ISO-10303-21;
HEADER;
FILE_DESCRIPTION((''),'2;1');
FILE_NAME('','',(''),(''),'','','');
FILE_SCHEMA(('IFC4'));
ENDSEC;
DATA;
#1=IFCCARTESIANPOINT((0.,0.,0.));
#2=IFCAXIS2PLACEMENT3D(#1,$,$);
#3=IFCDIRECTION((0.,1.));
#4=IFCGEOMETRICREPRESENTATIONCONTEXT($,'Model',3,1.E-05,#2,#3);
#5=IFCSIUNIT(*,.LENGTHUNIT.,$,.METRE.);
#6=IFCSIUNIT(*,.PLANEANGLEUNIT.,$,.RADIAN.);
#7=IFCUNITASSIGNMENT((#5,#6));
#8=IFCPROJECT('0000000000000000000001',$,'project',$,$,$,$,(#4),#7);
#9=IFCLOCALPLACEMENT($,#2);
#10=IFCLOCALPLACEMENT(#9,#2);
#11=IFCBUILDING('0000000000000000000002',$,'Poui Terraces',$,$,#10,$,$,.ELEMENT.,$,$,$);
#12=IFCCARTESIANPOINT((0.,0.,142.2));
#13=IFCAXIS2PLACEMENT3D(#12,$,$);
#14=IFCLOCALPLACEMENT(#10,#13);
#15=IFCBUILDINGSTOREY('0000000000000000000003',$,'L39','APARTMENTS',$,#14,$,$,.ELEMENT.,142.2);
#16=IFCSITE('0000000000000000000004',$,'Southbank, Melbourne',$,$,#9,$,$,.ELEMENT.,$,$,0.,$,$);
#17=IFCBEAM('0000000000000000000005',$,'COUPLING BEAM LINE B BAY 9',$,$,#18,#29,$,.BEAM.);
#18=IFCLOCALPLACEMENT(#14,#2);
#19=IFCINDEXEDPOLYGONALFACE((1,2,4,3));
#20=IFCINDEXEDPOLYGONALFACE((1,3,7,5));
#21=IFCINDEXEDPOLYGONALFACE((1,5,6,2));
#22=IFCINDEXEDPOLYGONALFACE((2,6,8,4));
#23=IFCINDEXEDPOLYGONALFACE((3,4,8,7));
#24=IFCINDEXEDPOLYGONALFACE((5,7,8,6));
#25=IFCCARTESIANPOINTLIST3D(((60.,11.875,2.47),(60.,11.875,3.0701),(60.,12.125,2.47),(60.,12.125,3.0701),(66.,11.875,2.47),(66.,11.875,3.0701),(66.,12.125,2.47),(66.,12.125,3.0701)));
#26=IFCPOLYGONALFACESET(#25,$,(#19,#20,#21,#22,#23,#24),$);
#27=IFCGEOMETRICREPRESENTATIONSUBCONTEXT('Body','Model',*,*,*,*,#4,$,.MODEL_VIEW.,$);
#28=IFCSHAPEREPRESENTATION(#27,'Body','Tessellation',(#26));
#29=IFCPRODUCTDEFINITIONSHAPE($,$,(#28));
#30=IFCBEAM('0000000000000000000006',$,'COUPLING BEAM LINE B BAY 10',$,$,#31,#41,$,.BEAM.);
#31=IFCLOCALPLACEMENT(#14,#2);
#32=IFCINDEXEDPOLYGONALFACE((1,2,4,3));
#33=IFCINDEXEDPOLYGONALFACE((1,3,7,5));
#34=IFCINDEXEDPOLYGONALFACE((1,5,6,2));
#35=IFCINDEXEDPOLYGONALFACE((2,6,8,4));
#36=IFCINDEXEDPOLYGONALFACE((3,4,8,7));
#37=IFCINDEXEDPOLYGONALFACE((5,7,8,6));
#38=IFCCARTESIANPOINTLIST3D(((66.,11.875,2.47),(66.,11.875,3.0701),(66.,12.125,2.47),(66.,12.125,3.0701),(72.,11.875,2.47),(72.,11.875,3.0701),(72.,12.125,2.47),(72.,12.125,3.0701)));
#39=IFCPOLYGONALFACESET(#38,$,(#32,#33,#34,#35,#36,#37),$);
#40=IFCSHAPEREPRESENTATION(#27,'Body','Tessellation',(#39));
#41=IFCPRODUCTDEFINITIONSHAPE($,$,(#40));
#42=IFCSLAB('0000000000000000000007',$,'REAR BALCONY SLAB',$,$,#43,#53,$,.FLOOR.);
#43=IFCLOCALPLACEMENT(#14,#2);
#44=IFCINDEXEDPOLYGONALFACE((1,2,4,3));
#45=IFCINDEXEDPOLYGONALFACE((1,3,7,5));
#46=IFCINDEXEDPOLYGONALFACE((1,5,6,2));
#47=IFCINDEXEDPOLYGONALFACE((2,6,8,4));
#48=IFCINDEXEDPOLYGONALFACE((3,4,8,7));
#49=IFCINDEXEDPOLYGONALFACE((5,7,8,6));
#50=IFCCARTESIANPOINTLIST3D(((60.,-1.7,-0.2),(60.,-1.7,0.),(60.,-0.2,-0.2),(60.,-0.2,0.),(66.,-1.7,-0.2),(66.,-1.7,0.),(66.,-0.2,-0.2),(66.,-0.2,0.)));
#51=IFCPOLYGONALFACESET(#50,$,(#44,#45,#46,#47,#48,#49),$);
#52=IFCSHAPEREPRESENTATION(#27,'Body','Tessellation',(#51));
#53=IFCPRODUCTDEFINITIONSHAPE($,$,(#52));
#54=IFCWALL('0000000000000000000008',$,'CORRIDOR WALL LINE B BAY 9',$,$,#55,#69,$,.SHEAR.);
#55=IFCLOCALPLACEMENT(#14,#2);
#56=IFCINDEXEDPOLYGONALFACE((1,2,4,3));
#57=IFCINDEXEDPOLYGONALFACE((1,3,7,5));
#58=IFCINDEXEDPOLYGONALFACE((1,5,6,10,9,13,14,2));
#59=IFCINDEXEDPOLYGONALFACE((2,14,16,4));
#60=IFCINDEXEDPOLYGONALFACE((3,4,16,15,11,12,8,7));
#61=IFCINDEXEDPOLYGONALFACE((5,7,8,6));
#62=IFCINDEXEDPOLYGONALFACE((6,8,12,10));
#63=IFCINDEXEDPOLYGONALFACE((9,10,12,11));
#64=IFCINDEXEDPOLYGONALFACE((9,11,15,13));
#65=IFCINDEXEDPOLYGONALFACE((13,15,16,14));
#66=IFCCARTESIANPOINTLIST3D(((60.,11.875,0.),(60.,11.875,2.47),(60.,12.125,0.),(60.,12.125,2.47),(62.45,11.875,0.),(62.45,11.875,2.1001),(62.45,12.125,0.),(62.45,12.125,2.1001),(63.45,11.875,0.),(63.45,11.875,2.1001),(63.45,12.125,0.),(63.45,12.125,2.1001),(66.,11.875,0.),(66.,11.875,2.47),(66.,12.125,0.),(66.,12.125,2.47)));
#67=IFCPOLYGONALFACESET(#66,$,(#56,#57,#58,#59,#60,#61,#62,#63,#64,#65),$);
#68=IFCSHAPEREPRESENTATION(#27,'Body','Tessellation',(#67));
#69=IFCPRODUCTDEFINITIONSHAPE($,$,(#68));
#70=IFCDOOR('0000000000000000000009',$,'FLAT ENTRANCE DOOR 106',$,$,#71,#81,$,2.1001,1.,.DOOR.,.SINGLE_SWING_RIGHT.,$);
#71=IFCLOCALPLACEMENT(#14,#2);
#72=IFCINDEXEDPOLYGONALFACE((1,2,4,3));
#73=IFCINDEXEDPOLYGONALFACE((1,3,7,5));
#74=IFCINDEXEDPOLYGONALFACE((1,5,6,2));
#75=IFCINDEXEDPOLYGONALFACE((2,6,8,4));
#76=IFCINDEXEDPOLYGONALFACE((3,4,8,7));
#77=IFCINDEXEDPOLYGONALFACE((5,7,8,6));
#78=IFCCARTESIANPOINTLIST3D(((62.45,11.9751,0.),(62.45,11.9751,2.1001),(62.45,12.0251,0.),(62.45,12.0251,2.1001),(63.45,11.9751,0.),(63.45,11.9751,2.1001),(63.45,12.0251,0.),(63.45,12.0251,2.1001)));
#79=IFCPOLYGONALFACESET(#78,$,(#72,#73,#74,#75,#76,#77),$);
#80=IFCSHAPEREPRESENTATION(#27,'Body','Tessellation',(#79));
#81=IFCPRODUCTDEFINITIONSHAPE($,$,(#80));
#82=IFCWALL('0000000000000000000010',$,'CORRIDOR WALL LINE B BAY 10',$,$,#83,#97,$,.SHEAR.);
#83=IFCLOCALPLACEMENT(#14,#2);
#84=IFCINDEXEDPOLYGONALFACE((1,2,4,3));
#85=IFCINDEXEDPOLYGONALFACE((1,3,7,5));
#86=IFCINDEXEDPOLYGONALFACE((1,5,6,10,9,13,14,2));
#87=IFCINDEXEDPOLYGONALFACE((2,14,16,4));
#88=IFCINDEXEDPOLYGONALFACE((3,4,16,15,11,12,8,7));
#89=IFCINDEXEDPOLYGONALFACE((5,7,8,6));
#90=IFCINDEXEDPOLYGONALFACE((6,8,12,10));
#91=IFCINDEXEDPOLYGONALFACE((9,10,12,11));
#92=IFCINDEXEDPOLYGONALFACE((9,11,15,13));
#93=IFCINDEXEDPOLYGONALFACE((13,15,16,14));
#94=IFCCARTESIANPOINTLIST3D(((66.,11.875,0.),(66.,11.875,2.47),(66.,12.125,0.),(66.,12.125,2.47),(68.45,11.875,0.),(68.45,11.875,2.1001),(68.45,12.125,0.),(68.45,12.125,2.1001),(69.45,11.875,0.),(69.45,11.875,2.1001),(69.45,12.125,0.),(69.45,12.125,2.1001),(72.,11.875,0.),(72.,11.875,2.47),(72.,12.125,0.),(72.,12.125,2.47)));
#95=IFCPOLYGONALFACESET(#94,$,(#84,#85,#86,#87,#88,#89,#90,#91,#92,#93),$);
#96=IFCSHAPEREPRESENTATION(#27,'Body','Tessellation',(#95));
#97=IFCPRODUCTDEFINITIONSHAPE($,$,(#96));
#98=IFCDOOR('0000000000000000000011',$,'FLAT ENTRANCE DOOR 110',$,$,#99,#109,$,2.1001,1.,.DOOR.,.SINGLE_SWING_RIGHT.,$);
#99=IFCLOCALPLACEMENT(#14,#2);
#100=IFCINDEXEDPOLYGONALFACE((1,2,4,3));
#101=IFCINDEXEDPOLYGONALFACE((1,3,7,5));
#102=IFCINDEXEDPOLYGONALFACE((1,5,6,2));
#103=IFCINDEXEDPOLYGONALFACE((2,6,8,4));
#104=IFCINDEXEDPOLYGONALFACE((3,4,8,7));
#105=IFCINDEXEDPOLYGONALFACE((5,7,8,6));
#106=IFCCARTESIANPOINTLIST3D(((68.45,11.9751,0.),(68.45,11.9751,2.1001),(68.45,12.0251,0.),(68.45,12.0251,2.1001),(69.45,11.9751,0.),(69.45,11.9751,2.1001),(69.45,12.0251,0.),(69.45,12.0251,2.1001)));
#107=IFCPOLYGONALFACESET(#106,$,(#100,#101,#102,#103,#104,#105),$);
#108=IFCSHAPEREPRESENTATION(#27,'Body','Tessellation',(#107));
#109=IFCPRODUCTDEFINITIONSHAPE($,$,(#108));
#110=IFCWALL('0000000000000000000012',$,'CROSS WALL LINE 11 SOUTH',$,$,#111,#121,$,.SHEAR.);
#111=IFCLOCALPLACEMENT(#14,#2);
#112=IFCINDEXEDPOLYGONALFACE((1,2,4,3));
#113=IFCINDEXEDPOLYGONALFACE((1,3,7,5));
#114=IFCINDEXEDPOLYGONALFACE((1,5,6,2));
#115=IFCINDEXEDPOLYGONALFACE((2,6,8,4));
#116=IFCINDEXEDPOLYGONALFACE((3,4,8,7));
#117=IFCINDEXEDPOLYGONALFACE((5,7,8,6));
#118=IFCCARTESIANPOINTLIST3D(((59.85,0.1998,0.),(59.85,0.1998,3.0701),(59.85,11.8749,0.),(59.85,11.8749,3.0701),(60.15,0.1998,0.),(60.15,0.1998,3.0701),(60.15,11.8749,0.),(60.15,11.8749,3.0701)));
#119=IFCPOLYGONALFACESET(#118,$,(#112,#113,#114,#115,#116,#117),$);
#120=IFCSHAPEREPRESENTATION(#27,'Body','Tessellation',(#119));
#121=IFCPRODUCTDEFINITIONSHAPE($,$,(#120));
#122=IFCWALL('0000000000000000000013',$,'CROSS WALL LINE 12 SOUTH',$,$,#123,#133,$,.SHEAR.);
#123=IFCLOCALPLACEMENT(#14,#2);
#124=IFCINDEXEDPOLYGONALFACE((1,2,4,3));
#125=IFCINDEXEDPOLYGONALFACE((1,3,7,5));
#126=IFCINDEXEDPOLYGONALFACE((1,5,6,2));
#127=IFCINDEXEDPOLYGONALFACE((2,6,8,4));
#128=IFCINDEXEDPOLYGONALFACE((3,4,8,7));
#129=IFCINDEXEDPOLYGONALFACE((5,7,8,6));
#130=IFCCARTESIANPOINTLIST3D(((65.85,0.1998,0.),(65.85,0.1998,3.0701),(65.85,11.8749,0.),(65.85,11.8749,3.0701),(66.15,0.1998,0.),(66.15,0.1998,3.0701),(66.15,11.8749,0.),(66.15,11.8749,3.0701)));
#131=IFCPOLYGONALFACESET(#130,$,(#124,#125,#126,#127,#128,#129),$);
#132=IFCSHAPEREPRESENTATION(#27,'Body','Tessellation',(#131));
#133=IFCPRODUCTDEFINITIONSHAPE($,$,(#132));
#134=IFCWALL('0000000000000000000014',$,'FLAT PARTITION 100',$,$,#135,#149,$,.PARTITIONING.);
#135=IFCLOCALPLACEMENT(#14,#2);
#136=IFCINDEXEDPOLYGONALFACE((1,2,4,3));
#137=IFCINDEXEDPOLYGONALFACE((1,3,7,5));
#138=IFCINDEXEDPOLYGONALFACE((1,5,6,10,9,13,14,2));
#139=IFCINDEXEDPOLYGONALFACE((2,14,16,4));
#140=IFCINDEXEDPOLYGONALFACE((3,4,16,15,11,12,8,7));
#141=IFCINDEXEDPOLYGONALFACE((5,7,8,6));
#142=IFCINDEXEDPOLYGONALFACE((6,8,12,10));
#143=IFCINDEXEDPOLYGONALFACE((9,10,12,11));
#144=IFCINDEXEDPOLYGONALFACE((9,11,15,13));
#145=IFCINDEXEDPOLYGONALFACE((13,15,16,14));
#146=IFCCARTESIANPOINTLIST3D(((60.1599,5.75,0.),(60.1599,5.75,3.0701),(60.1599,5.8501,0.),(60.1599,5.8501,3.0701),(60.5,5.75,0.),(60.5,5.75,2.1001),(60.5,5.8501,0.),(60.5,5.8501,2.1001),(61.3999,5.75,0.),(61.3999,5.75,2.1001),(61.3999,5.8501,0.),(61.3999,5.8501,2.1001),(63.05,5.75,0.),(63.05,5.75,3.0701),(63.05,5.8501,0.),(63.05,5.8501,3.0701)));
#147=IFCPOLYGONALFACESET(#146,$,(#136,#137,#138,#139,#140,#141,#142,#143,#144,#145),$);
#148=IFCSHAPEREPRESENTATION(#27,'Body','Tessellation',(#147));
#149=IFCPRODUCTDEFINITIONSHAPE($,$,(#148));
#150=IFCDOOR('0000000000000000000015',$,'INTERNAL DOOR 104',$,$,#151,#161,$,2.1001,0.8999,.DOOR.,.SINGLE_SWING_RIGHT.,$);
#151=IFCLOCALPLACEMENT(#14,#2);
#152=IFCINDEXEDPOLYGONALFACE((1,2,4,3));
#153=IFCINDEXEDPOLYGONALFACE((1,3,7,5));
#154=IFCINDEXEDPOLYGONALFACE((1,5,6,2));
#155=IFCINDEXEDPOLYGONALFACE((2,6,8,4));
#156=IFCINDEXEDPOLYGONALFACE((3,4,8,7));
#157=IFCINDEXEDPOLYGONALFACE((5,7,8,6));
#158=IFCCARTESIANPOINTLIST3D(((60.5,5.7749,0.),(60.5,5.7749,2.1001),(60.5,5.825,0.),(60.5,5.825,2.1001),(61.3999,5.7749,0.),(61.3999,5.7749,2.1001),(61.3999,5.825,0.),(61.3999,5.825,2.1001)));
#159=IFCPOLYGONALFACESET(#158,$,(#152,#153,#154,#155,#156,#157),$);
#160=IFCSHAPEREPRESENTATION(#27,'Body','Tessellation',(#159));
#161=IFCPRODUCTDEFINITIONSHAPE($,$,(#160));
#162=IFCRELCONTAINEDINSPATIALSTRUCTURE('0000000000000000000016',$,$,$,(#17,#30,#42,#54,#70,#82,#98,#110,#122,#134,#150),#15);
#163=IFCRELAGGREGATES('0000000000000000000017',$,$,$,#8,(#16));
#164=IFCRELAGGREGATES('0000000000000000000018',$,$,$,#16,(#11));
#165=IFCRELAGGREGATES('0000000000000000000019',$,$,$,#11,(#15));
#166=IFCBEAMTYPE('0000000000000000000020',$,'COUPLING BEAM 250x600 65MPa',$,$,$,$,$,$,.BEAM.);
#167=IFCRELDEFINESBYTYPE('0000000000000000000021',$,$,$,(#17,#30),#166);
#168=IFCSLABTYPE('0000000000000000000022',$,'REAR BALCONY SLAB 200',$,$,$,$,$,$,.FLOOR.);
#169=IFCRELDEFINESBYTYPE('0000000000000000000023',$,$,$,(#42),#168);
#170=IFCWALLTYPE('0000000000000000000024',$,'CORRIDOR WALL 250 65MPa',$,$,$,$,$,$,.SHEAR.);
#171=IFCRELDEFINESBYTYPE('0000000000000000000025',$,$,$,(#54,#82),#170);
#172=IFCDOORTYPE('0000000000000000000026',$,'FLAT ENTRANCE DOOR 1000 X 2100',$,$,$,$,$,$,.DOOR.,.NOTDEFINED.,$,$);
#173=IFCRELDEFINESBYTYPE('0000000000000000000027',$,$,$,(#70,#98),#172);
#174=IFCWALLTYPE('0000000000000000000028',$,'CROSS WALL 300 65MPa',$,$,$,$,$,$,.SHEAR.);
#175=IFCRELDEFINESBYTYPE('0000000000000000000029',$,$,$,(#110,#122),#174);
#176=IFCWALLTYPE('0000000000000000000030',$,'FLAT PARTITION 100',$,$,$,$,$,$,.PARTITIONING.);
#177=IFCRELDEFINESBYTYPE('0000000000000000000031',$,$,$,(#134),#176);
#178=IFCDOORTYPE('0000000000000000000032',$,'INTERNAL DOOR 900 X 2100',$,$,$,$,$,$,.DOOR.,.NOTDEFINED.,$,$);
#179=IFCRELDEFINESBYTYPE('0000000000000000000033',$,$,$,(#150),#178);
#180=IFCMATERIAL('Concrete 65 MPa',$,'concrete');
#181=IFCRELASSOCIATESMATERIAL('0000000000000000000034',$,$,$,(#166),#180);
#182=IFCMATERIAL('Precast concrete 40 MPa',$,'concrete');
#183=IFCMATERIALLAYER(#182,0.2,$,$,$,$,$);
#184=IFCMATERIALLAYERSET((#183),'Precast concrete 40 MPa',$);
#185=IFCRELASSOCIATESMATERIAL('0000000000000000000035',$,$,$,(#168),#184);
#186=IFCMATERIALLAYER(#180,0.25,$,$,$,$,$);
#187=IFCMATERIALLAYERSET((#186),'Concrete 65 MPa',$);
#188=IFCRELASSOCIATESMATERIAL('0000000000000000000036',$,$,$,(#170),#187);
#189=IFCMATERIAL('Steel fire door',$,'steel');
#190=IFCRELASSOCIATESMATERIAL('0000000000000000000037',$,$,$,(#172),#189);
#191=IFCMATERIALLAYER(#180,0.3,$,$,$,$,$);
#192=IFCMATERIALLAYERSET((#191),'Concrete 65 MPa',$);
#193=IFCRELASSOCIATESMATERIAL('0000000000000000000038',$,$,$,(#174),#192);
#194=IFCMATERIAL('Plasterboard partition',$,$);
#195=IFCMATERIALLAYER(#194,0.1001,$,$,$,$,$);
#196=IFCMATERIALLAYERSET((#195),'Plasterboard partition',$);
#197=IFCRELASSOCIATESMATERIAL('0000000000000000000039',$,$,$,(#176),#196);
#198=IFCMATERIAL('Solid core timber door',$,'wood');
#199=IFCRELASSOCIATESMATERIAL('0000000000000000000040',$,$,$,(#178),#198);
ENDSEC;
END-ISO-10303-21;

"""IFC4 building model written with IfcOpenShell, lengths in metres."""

from ifc_helpers import new_model, si_unit, direction, frame, frame_2d, origin, origin_2d, place, context, subcontext, project, spatial, polyline, rectangle, outline, extrude, source, transform, mapped, material, layer, layer_set, material_profile, profile_set, type_object, element, fill, save


model = new_model("IFC4")

# Units and contexts
model_context = context("Model", 3, precision=1e-05, world=origin(), true_north=direction((0.0, 1.0)))
body_context = subcontext(model_context, "Body", "Model", "MODEL_VIEW")
ifc_project = project(units=[si_unit("LENGTHUNIT", "METRE"), si_unit("PLANEANGLEUNIT", "RADIAN")], contexts=[model_context])

# Site, building, storey
site_placement = place(None, origin())
site = spatial("IfcSite", under=ifc_project, at=site_placement, Name="Southbank, Melbourne", CompositionType="ELEMENT", RefElevation=0.0)
building_placement = place(site_placement, origin())
building = spatial("IfcBuilding", under=site, at=building_placement, Name="Poui Terraces", CompositionType="ELEMENT")
storey_placement = place(building_placement, frame((0.0, 0.0, 142.2)))
storey = spatial("IfcBuildingStorey", under=building, at=storey_placement, Name="L39", Description="APARTMENTS", CompositionType="ELEMENT", Elevation=142.2)

# Beams
ifc_material_1 = material(Name="Concrete 65 MPa", Category="concrete")
ifc_material_profile_1 = material_profile(ifc_material_1, rectangle(XDim=0.25, YDim=0.6001, at=origin_2d()), Name="RC 250x600")
ifc_profile_set_1 = profile_set([ifc_material_profile_1], Name="Concrete 65 MPa")
beam_type = type_object("IfcBeamType", Name="COUPLING BEAM 250x600 65MPa", PredefinedType="BEAM", material=ifc_profile_set_1)
shared_shape_1 = source(origin(), body_context, "Body", "SweptSolid", [
    extrude(rectangle(XDim=0.25, YDim=0.6001, at=origin_2d()), origin(), (0.0, 0.0, 1.0), 6.0),
])
for number, where, z_axis, x_axis, name in (
    (1, (60.0, 12.0, 2.77), (1.0, 0.0, 0.0), (0.0, 1.0, 0.0), "COUPLING BEAM LINE B BAY 9"),
    (2, (66.0, 12.0, 2.77), (1.0, 0.0, 0.0), (0.0, 1.0, 0.0), "COUPLING BEAM LINE B BAY 10"),
):
    element("IfcBeam", number, at=place(storey_placement, frame(where, z_axis=z_axis, x_axis=x_axis)), inside=storey, type_object=beam_type, Name=name, PredefinedType="BEAM", context=body_context, shape_type="MappedRepresentation", body=[
        mapped(shared_shape_1, transform((0.0, 0.0, 0.0))),
    ])

# Slab
ifc_material_2 = material(Name="Precast concrete 40 MPa", Category="concrete")
ifc_layer_1 = layer(ifc_material_2, 0.2)
ifc_layer_set_1 = layer_set([ifc_layer_1], Name="Precast concrete 40 MPa")
slab_type = type_object("IfcSlabType", Name="REAR BALCONY SLAB 200", PredefinedType="FLOOR", material=ifc_layer_set_1)
shared_shape_2 = source(origin(), body_context, "Body", "SweptSolid", [
    extrude(outline(polyline([(0.0, 0.0), (6.0, 0.0), (6.0, 1.5), (0.0, 1.5), (0.0, 0.0)])), origin(), (0.0, 0.0, 1.0), 0.2),
])
slab_placement = place(storey_placement, frame((60.0, -1.7, -0.2)))
element("IfcSlab", 3, at=slab_placement, inside=storey, type_object=slab_type, Name="REAR BALCONY SLAB", PredefinedType="FLOOR", context=body_context, shape_type="MappedRepresentation", body=[
    mapped(shared_shape_2, transform((0.0, 0.0, 0.0))),
])

# Walls, openings, doors
ifc_layer_2 = layer(ifc_material_1, 0.25)
ifc_layer_set_2 = layer_set([ifc_layer_2], Name="Concrete 65 MPa")
wall_type_1 = type_object("IfcWallType", Name="CORRIDOR WALL 250 65MPa", PredefinedType="SHEAR", material=ifc_layer_set_2)
wall_1_placement = place(storey_placement, frame((60.0, 12.0, 0.0), z_axis=(0.0, 0.0, 1.0), x_axis=(1.0, 0.0, 0.0)))
wall_1 = element("IfcWall", 4, at=wall_1_placement, inside=storey, type_object=wall_type_1, Name="CORRIDOR WALL LINE B BAY 9", PredefinedType="SHEAR", context=body_context, shape_type="SweptSolid", body=[
    extrude(rectangle(XDim=6.0, YDim=0.25, at=frame_2d((3.0, 0.0))), origin(), (0.0, 0.0, 1.0), 2.47),
])
opening_1_placement = place(wall_1_placement, frame((2.45, 0.0, 0.0)))
opening_1 = element("IfcOpeningElement", 5, at=opening_1_placement, cuts=wall_1, PredefinedType="OPENING", context=body_context, shape_type="SweptSolid", body=[
    extrude(rectangle(XDim=1.0, YDim=2.1001, at=frame_2d((0.5, 1.05))), frame((0.0, 0.135, 0.0), z_axis=(0.0, -1.0, 0.0), x_axis=(1.0, 0.0, 0.0)), (0.0, 0.0, 1.0), 0.27),
])
ifc_material_3 = material(Name="Steel fire door", Category="steel")
door_type_1 = type_object("IfcDoorType", Name="FLAT ENTRANCE DOOR 1000 X 2100", OperationType="NOTDEFINED", PredefinedType="DOOR", material=ifc_material_3)
door_1_placement = place(opening_1_placement, frame((1.0, 0.0, 0.0), z_axis=(0.0, 0.0, 1.0), x_axis=(-1.0, 0.0, 0.0)))
door_1 = element("IfcDoor", 6, at=door_1_placement, inside=storey, type_object=door_type_1, Name="FLAT ENTRANCE DOOR 106", OperationType="SINGLE_SWING_RIGHT", OverallHeight=2.1001, OverallWidth=1.0, PredefinedType="DOOR", context=body_context, shape_type="SweptSolid", body=[
    extrude(rectangle(XDim=1.0, YDim=2.1001, at=frame_2d((0.5, 1.05))), frame((0.0, 0.0249, 0.0), z_axis=(0.0, -1.0, 0.0), x_axis=(1.0, 0.0, 0.0)), (0.0, 0.0, 1.0), 0.05),
])
fill(opening_1, door_1)
wall_2_placement = place(storey_placement, frame((66.0, 12.0, 0.0), z_axis=(0.0, 0.0, 1.0), x_axis=(1.0, 0.0, 0.0)))
wall_2 = element("IfcWall", 7, at=wall_2_placement, inside=storey, type_object=wall_type_1, Name="CORRIDOR WALL LINE B BAY 10", PredefinedType="SHEAR", context=body_context, shape_type="SweptSolid", body=[
    extrude(rectangle(XDim=6.0, YDim=0.25, at=frame_2d((3.0, 0.0))), origin(), (0.0, 0.0, 1.0), 2.47),
])
opening_2_placement = place(wall_2_placement, frame((2.45, 0.0, 0.0)))
opening_2 = element("IfcOpeningElement", 8, at=opening_2_placement, cuts=wall_2, PredefinedType="OPENING", context=body_context, shape_type="SweptSolid", body=[
    extrude(rectangle(XDim=1.0, YDim=2.1001, at=frame_2d((0.5, 1.05))), frame((0.0, 0.135, 0.0), z_axis=(0.0, -1.0, 0.0), x_axis=(1.0, 0.0, 0.0)), (0.0, 0.0, 1.0), 0.27),
])
door_2_placement = place(opening_2_placement, frame((1.0, 0.0, 0.0), z_axis=(0.0, 0.0, 1.0), x_axis=(-1.0, 0.0, 0.0)))
door_2 = element("IfcDoor", 9, at=door_2_placement, inside=storey, type_object=door_type_1, Name="FLAT ENTRANCE DOOR 110", OperationType="SINGLE_SWING_RIGHT", OverallHeight=2.1001, OverallWidth=1.0, PredefinedType="DOOR", context=body_context, shape_type="SweptSolid", body=[
    extrude(rectangle(XDim=1.0, YDim=2.1001, at=frame_2d((0.5, 1.05))), frame((0.0, 0.0249, 0.0), z_axis=(0.0, -1.0, 0.0), x_axis=(1.0, 0.0, 0.0)), (0.0, 0.0, 1.0), 0.05),
])
fill(opening_2, door_2)

# Walls
ifc_layer_3 = layer(ifc_material_1, 0.3)
ifc_layer_set_3 = layer_set([ifc_layer_3], Name="Concrete 65 MPa")
wall_type_2 = type_object("IfcWallType", Name="CROSS WALL 300 65MPa", PredefinedType="SHEAR", material=ifc_layer_set_3)
for number, where, z_axis, x_axis, name in (
    (10, (60.0, 0.2, 0.0), (0.0, 0.0, 1.0), (0.0, 1.0, 0.0), "CROSS WALL LINE 11 SOUTH"),
    (11, (66.0, 0.2, 0.0), (0.0, 0.0, 1.0), (0.0, 1.0, 0.0), "CROSS WALL LINE 12 SOUTH"),
):
    element("IfcWall", number, at=place(storey_placement, frame(where, z_axis=z_axis, x_axis=x_axis)), inside=storey, type_object=wall_type_2, Name=name, PredefinedType="SHEAR", context=body_context, shape_type="SweptSolid", body=[
        extrude(rectangle(XDim=11.675, YDim=0.3, at=frame_2d((5.8374, 0.0))), origin(), (0.0, 0.0, 1.0), 3.0701),
    ])

# Wall, opening, door
ifc_material_4 = material(Name="Plasterboard partition")
ifc_layer_4 = layer(ifc_material_4, 0.1001)
ifc_layer_set_4 = layer_set([ifc_layer_4], Name="Plasterboard partition")
wall_type_3 = type_object("IfcWallType", Name="FLAT PARTITION 100", PredefinedType="PARTITIONING", material=ifc_layer_set_4)
wall_3_placement = place(storey_placement, frame((60.1599, 5.8, 0.0), z_axis=(0.0, 0.0, 1.0), x_axis=(1.0, 0.0, 0.0)))
wall_3 = element("IfcWall", 12, at=wall_3_placement, inside=storey, type_object=wall_type_3, Name="FLAT PARTITION 100", PredefinedType="PARTITIONING", context=body_context, shape_type="SweptSolid", body=[
    extrude(rectangle(XDim=2.8901, YDim=0.1001, at=frame_2d((1.4451, 0.0))), origin(), (0.0, 0.0, 1.0), 3.0701),
])
opening_3_placement = place(wall_3_placement, frame((0.3401, 0.0, 0.0)))
opening_3 = element("IfcOpeningElement", 13, at=opening_3_placement, cuts=wall_3, PredefinedType="OPENING", context=body_context, shape_type="SweptSolid", body=[
    extrude(rectangle(XDim=0.8999, YDim=2.1001, at=frame_2d((0.45, 1.05))), frame((0.0, 0.0601, 0.0), z_axis=(0.0, -1.0, 0.0), x_axis=(1.0, 0.0, 0.0)), (0.0, 0.0, 1.0), 0.1201),
])
ifc_material_5 = material(Name="Solid core timber door", Category="wood")
door_type_2 = type_object("IfcDoorType", Name="INTERNAL DOOR 900 X 2100", OperationType="NOTDEFINED", PredefinedType="DOOR", material=ifc_material_5)
door_3_placement = place(opening_3_placement, origin())
door_3 = element("IfcDoor", 14, at=door_3_placement, inside=storey, type_object=door_type_2, Name="INTERNAL DOOR 104", OperationType="SINGLE_SWING_RIGHT", OverallHeight=2.1001, OverallWidth=0.8999, PredefinedType="DOOR", context=body_context, shape_type="SweptSolid", body=[
    extrude(rectangle(XDim=0.8999, YDim=2.1001, at=frame_2d((0.45, 1.05))), frame((0.0, 0.0249, 0.0), z_axis=(0.0, -1.0, 0.0), x_axis=(1.0, 0.0, 0.0)), (0.0, 0.0, 1.0), 0.05),
])
fill(opening_3, door_3)

save(model, "model.ifc")
